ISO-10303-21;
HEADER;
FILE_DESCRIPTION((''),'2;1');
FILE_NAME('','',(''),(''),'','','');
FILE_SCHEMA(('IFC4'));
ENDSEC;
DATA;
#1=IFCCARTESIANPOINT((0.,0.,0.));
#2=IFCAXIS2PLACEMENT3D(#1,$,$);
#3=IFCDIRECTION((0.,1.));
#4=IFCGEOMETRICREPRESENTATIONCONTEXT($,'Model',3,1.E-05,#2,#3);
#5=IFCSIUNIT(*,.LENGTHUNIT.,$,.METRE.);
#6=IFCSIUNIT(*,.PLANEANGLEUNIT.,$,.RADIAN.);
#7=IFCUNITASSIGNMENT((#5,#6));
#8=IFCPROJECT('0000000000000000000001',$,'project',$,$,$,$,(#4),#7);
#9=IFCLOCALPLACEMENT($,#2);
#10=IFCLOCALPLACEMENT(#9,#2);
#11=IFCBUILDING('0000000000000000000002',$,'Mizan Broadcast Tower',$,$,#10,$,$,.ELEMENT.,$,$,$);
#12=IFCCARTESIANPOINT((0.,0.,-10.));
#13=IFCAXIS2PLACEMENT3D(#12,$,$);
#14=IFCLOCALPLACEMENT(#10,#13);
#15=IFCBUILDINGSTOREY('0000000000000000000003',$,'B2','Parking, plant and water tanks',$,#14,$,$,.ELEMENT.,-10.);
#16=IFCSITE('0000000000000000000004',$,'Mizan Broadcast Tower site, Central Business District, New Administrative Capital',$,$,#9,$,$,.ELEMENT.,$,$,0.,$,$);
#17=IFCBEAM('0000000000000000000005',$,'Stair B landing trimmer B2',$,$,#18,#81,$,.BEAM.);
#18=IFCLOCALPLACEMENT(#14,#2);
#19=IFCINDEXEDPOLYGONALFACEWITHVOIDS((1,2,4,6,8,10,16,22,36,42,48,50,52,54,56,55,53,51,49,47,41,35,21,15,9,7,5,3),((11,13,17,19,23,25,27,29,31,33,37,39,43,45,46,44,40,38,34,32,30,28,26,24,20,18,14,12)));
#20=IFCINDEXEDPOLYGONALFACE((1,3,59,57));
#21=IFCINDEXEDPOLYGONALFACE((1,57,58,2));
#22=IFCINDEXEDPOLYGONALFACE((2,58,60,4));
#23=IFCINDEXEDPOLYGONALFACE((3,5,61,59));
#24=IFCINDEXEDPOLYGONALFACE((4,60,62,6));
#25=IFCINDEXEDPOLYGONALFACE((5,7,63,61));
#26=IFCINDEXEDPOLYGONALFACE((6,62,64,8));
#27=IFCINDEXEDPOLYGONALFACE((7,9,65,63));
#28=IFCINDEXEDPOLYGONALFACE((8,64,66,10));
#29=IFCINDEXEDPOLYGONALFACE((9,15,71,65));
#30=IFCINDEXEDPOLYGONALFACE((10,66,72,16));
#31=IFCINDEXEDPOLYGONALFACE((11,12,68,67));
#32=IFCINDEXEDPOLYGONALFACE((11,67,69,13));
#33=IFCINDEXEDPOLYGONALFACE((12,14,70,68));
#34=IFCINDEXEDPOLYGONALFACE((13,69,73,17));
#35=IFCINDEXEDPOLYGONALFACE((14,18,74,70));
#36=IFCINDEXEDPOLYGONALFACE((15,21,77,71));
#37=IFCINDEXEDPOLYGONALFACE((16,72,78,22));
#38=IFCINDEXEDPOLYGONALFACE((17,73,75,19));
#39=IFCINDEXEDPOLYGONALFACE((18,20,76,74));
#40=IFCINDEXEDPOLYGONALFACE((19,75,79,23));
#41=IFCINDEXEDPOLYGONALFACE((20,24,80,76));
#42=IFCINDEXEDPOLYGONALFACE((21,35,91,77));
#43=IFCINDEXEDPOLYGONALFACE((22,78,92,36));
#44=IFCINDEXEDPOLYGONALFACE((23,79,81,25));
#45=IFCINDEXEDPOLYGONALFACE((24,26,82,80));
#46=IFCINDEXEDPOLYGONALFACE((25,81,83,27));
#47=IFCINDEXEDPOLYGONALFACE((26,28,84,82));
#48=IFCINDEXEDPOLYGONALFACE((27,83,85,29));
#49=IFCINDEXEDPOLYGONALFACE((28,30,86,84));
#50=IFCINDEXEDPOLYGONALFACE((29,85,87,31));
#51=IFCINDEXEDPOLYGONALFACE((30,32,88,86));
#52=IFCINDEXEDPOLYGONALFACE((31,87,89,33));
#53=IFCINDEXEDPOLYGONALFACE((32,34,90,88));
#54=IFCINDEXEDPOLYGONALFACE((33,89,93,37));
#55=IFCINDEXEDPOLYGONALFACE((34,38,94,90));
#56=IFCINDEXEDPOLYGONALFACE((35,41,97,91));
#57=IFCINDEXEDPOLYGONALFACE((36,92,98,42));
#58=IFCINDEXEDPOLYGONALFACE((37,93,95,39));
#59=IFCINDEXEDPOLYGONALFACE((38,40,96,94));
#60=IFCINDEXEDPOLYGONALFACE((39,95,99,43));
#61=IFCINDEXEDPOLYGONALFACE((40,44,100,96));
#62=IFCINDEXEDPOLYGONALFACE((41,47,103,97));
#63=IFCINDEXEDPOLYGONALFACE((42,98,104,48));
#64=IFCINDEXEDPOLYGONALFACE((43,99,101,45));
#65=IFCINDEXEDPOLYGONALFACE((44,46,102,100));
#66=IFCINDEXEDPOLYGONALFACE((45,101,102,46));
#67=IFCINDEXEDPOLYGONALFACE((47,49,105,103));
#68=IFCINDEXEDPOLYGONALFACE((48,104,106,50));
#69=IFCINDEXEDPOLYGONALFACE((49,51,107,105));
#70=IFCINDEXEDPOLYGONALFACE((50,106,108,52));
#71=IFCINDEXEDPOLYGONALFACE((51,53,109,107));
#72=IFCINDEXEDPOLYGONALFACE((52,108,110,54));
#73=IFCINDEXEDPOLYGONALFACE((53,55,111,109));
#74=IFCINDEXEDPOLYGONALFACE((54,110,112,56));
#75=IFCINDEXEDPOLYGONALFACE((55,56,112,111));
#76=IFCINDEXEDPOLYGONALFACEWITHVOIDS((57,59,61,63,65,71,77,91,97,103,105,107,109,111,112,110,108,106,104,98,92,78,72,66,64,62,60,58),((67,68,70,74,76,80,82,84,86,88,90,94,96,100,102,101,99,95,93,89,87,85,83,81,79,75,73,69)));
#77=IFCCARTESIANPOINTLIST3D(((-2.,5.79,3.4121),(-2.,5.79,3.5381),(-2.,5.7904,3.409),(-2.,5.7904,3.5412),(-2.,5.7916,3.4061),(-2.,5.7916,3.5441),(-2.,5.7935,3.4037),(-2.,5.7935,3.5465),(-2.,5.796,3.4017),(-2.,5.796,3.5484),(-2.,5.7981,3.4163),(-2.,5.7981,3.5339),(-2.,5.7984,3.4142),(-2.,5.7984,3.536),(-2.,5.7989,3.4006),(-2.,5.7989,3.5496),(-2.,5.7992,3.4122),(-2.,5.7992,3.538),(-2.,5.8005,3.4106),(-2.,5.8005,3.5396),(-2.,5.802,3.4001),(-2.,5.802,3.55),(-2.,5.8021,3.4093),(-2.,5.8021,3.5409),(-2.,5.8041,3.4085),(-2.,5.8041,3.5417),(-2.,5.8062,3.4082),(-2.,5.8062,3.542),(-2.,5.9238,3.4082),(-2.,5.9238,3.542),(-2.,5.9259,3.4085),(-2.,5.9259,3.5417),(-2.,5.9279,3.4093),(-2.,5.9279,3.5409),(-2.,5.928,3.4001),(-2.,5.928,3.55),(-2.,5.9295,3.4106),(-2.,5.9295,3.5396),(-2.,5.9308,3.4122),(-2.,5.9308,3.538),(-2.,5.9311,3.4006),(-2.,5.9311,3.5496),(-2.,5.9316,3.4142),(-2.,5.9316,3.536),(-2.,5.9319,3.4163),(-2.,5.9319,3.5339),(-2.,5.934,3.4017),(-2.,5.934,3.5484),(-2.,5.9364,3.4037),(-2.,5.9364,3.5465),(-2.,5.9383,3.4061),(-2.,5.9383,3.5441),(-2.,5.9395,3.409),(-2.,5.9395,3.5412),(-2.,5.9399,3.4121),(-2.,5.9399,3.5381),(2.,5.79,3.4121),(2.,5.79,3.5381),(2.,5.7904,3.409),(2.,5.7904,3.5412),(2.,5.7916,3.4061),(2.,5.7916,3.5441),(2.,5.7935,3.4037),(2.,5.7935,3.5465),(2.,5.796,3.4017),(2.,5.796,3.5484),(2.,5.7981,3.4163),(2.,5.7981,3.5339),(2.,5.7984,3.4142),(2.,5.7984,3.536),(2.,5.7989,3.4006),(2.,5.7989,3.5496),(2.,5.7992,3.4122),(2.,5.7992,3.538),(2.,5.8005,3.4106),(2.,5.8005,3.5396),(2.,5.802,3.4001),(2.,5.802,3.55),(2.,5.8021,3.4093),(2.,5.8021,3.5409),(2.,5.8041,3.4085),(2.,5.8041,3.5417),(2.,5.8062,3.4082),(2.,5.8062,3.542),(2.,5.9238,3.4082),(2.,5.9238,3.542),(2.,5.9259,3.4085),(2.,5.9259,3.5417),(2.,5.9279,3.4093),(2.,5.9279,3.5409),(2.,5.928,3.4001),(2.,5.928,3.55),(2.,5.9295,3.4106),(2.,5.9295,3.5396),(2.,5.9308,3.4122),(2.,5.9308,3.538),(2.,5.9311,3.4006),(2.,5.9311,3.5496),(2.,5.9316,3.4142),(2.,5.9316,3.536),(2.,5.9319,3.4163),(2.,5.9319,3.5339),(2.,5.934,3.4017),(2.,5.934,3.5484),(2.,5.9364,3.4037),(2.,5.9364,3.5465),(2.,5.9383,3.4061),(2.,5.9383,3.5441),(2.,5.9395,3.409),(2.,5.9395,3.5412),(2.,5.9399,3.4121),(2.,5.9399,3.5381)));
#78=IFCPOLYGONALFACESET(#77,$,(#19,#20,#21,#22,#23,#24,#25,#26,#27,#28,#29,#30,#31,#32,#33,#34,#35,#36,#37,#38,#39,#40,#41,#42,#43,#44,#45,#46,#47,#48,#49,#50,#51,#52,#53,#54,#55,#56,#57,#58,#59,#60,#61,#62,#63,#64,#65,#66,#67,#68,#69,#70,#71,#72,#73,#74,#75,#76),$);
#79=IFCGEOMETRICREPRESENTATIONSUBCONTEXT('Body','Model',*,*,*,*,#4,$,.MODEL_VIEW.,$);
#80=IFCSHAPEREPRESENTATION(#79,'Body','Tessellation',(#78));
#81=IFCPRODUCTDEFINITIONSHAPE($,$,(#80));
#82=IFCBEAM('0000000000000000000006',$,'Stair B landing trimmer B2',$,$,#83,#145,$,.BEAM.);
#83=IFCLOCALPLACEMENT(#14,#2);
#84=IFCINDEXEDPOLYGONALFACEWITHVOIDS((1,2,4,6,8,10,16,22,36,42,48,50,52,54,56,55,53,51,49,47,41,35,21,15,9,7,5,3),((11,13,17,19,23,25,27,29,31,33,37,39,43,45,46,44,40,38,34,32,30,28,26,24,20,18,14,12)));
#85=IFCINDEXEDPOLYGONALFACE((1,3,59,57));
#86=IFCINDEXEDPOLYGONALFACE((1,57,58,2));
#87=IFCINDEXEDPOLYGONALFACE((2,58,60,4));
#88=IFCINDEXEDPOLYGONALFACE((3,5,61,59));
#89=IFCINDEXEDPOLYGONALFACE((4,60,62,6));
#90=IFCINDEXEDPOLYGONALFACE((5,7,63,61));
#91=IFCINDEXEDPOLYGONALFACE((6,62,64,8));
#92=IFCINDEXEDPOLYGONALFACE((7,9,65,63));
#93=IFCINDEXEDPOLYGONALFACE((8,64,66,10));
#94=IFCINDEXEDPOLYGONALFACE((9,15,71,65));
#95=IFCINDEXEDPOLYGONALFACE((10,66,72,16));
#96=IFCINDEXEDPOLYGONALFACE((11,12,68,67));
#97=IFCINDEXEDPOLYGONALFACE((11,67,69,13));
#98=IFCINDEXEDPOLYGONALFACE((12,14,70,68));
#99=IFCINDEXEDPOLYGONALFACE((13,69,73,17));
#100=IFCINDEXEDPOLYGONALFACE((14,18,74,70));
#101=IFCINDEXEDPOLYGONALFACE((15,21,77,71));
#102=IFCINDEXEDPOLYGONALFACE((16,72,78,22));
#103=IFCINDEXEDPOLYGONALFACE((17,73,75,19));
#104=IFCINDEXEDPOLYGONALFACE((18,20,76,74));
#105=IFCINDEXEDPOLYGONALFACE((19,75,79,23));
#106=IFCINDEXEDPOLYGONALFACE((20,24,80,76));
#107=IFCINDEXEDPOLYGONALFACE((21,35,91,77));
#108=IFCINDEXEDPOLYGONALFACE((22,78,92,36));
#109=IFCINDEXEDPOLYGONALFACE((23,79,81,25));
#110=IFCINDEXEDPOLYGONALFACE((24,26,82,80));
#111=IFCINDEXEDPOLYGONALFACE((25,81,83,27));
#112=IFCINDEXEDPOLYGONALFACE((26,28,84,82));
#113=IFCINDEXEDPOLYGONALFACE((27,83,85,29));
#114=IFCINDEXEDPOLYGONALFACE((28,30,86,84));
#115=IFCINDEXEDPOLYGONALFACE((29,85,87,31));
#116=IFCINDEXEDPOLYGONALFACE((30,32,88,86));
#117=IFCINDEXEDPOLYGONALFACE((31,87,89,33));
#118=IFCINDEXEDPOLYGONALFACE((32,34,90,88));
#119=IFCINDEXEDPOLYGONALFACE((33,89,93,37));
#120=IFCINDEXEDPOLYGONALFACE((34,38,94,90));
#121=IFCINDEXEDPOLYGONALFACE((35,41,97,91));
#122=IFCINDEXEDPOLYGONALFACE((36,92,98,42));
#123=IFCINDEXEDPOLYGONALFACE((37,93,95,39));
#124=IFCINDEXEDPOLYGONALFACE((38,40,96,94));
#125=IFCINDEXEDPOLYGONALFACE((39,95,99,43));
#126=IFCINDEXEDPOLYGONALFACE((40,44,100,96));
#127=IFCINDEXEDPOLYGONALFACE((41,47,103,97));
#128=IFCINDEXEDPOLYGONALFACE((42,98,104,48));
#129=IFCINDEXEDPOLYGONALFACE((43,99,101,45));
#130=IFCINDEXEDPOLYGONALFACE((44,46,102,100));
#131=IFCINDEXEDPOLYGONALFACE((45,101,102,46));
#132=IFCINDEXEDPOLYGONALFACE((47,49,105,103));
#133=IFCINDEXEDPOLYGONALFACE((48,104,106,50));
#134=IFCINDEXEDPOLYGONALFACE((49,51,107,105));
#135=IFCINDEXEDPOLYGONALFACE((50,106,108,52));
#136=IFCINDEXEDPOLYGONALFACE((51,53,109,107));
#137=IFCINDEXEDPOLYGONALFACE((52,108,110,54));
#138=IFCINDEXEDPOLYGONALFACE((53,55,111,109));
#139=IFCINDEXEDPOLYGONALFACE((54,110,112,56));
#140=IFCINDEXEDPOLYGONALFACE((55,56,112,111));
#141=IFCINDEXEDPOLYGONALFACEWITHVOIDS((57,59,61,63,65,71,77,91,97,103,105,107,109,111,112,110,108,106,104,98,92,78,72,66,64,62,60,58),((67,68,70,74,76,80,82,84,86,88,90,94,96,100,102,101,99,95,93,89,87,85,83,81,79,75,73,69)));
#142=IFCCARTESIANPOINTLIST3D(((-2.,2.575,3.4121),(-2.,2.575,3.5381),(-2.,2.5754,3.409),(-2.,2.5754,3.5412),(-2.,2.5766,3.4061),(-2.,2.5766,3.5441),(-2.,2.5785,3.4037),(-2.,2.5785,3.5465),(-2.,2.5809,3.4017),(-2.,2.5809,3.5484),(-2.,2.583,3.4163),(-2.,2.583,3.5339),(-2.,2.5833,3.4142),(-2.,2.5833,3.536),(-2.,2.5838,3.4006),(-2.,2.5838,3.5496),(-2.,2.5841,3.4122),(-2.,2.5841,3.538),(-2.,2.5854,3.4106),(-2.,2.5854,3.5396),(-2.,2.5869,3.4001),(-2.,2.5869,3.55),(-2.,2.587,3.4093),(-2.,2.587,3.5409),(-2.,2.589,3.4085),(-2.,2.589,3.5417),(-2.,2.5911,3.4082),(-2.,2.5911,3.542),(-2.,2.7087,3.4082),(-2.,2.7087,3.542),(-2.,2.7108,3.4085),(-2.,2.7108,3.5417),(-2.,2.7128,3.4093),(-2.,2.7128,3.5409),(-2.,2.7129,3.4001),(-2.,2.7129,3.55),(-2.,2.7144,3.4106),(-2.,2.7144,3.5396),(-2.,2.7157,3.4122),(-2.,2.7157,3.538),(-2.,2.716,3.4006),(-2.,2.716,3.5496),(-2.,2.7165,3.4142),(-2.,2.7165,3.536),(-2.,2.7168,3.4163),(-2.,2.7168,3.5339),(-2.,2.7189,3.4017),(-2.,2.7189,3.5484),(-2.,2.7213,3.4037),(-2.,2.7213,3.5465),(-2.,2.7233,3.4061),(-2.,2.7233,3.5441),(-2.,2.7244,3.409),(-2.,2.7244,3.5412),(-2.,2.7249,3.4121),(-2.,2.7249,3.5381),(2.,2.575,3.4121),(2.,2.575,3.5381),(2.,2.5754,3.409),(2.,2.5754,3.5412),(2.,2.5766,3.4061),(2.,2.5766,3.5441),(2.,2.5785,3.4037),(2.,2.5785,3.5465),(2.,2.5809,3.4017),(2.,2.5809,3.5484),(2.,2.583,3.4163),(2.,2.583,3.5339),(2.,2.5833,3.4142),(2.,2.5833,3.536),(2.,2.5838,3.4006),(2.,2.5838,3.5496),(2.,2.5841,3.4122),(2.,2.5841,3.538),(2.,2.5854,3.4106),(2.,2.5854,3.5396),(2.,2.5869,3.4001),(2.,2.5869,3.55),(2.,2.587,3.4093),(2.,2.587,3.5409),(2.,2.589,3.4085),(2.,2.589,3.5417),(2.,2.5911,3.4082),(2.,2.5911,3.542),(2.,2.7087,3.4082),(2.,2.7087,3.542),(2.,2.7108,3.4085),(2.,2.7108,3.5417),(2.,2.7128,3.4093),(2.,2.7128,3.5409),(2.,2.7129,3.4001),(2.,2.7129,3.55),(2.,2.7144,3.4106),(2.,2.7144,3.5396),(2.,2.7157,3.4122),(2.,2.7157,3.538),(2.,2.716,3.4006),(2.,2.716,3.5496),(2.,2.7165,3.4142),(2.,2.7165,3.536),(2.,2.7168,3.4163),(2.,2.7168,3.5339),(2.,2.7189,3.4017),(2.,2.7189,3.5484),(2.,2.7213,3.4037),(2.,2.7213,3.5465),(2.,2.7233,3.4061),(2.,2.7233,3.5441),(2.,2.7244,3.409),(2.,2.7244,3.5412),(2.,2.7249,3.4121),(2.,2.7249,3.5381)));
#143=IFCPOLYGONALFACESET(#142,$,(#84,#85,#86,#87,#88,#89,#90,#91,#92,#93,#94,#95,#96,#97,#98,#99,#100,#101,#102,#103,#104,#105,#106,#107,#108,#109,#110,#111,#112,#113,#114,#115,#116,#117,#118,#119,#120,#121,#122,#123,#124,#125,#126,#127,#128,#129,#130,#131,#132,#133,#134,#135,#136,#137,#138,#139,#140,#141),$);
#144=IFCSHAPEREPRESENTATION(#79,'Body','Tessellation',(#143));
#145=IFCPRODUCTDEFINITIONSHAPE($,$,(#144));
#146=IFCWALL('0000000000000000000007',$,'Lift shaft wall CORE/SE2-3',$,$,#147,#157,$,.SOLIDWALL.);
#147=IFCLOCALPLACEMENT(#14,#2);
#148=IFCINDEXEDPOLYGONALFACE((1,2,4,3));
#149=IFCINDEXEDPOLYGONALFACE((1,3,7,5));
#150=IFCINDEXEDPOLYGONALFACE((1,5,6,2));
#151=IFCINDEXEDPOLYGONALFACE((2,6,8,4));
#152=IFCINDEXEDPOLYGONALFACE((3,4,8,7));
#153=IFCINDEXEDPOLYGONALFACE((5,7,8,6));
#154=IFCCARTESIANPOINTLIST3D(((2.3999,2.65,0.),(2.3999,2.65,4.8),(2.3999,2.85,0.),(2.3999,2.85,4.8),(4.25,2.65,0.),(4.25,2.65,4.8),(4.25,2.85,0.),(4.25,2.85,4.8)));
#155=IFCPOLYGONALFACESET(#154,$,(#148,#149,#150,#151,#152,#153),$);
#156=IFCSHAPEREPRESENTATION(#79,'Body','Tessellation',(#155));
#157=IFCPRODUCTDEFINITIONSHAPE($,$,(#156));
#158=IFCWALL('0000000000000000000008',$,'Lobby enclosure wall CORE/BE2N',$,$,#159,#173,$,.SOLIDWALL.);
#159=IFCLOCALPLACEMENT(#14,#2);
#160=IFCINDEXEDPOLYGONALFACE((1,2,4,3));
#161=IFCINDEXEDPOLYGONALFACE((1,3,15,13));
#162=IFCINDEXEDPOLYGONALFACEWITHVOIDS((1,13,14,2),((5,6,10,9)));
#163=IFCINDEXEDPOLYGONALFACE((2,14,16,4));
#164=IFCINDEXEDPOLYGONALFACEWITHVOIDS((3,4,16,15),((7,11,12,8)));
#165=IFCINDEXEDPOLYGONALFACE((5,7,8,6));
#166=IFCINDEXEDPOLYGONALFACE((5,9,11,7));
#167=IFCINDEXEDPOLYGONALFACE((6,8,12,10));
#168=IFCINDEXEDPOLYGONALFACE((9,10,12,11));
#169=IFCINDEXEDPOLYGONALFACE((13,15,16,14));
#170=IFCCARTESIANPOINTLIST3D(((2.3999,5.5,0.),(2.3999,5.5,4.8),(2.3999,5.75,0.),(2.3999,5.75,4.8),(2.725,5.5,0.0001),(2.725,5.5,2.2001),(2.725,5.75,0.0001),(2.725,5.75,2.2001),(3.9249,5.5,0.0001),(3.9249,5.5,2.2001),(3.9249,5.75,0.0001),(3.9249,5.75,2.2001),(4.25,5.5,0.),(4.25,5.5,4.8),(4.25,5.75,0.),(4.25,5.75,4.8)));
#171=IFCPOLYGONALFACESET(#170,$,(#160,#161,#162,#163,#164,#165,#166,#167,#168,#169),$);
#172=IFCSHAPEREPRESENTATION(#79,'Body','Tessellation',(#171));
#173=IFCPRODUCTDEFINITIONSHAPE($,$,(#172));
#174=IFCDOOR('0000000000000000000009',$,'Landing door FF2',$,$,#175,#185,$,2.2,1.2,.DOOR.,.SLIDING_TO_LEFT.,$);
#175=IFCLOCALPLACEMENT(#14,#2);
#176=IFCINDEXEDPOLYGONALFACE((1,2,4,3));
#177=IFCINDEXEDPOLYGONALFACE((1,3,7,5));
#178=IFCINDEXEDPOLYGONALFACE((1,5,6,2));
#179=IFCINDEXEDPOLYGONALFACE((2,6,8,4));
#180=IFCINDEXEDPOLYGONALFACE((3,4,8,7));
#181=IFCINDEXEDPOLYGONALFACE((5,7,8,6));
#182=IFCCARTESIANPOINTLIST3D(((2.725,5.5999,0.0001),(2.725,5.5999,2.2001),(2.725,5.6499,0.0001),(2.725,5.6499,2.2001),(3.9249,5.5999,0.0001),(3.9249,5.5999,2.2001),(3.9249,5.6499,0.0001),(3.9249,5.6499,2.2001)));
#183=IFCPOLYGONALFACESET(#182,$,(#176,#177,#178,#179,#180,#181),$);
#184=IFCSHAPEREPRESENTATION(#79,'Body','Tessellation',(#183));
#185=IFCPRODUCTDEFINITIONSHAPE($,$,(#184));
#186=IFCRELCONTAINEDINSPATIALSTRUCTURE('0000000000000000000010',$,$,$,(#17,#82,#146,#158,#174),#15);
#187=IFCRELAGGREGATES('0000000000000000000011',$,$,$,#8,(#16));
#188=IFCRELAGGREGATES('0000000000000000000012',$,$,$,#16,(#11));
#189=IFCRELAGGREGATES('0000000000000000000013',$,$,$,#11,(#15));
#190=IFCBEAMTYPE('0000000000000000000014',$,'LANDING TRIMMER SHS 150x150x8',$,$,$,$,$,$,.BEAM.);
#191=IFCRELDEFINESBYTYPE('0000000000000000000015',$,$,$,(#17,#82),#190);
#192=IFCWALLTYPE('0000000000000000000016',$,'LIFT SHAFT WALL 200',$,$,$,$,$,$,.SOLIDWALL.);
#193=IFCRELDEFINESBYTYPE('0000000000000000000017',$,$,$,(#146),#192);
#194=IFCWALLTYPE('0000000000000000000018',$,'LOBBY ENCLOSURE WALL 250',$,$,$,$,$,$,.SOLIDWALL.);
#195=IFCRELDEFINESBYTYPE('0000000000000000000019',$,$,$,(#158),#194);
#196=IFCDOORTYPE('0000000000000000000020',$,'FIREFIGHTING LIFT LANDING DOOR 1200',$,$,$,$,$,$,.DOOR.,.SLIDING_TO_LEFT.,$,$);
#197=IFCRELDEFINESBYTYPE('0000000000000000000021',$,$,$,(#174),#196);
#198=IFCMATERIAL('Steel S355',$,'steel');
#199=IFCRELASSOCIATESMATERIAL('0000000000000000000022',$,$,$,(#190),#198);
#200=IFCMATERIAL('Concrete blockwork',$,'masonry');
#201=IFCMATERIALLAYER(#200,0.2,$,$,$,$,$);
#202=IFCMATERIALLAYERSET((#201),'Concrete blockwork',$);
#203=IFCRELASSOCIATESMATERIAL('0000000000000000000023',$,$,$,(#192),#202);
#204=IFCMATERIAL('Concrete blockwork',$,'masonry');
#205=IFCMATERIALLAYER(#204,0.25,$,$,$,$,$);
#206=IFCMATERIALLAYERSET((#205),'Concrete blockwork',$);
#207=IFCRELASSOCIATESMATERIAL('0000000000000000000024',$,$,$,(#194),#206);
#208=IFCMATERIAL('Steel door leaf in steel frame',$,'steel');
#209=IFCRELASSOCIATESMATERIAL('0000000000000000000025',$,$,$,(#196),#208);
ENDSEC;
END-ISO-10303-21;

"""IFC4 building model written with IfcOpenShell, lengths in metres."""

from ifc_helpers import new_model, si_unit, direction, frame, frame_2d, origin, origin_2d, place, context, subcontext, project, spatial, rectangle, hollow_rectangle, extrude, material, layer, layer_set, material_profile, profile_set, type_object, element, fill, save


model = new_model("IFC4")

# Units and contexts
model_context = context("Model", 3, precision=1e-05, world=origin(), true_north=direction((0.0, 1.0)))
body_context = subcontext(model_context, "Body", "Model", "MODEL_VIEW")
ifc_project = project(units=[si_unit("LENGTHUNIT", "METRE"), si_unit("PLANEANGLEUNIT", "RADIAN")], contexts=[model_context])

# Site, building, storey
site_placement = place(None, origin())
site = spatial("IfcSite", under=ifc_project, at=site_placement, Name="Mizan Broadcast Tower site, Central Business District, New Administrative Capital", CompositionType="ELEMENT", RefElevation=0.0)
building_placement = place(site_placement, origin())
building = spatial("IfcBuilding", under=site, at=building_placement, Name="Mizan Broadcast Tower", CompositionType="ELEMENT")
storey_placement = place(building_placement, frame((0.0, 0.0, -10.0)))
storey = spatial("IfcBuildingStorey", under=building, at=storey_placement, Name="B2", Description="Parking, plant and water tanks", CompositionType="ELEMENT", Elevation=-10.0)

# Beams
ifc_material_1 = material(Name="Steel S355", Category="steel")
ifc_material_profile_1 = material_profile(ifc_material_1, hollow_rectangle(XDim=0.1499, YDim=0.1499, WallThickness=0.0081, InnerFilletRadius=0.0081, OuterFilletRadius=0.012, at=origin_2d()), Name="SHS 150x150x8")
ifc_profile_set_1 = profile_set([ifc_material_profile_1], Name="Steel S355")
beam_type = type_object("IfcBeamType", Name="LANDING TRIMMER SHS 150x150x8", PredefinedType="BEAM", material=ifc_profile_set_1)
for number, where, z_axis, x_axis, name in (
    (1, (2.0, 5.865, 3.4751), (-1.0, 0.0, 0.0), (0.0, -1.0, 0.0), "Stair B landing trimmer B2"),
    (2, (2.0, 2.6499, 3.4751), (-1.0, 0.0, 0.0), (0.0, -1.0, 0.0), "Stair B landing trimmer B2"),
):
    element("IfcBeam", number, at=place(storey_placement, frame(where, z_axis=z_axis, x_axis=x_axis)), inside=storey, type_object=beam_type, Name=name, PredefinedType="BEAM", context=body_context, shape_type="SweptSolid", body=[
        extrude(hollow_rectangle(XDim=0.1499, YDim=0.1499, WallThickness=0.0081, InnerFilletRadius=0.0081, OuterFilletRadius=0.012, at=origin_2d()), origin(), (0.0, 0.0, 1.0), 4.0),
    ])

# Wall
ifc_material_2 = material(Name="Concrete blockwork", Category="masonry")
ifc_layer_1 = layer(ifc_material_2, 0.2)
ifc_layer_set_1 = layer_set([ifc_layer_1], Name="Concrete blockwork")
wall_type_1 = type_object("IfcWallType", Name="LIFT SHAFT WALL 200", PredefinedType="SOLIDWALL", material=ifc_layer_set_1)
wall_1_placement = place(storey_placement, frame((2.3999, 2.75, 0.0), z_axis=(0.0, 0.0, 1.0), x_axis=(1.0, 0.0, 0.0)))
element("IfcWall", 3, at=wall_1_placement, inside=storey, type_object=wall_type_1, Name="Lift shaft wall CORE/SE2-3", PredefinedType="SOLIDWALL", context=body_context, shape_type="SweptSolid", body=[
    extrude(rectangle(XDim=1.8501, YDim=0.2, at=frame_2d((0.925, 0.0))), origin(), (0.0, 0.0, 1.0), 4.8),
])

# Wall, opening, door
ifc_material_3 = material(Name="Concrete blockwork", Category="masonry")
ifc_layer_2 = layer(ifc_material_3, 0.25)
ifc_layer_set_2 = layer_set([ifc_layer_2], Name="Concrete blockwork")
wall_type_2 = type_object("IfcWallType", Name="LOBBY ENCLOSURE WALL 250", PredefinedType="SOLIDWALL", material=ifc_layer_set_2)
wall_2_placement = place(storey_placement, frame((2.3999, 5.625, 0.0), z_axis=(0.0, 0.0, 1.0), x_axis=(1.0, 0.0, 0.0)))
wall_2 = element("IfcWall", 4, at=wall_2_placement, inside=storey, type_object=wall_type_2, Name="Lobby enclosure wall CORE/BE2N", PredefinedType="SOLIDWALL", context=body_context, shape_type="SweptSolid", body=[
    extrude(rectangle(XDim=1.8501, YDim=0.25, at=frame_2d((0.925, 0.0))), origin(), (0.0, 0.0, 1.0), 4.8),
])
opening_placement = place(wall_2_placement, frame((0.325, 0.0, 0.0)))
opening = element("IfcOpeningElement", 5, at=opening_placement, cuts=wall_2, PredefinedType="OPENING", context=body_context, shape_type="SweptSolid", body=[
    extrude(rectangle(XDim=1.2, YDim=2.2, at=frame_2d((0.6001, 1.1001))), frame((0.0, 0.135, 0.0), z_axis=(0.0, -1.0, 0.0), x_axis=(1.0, 0.0, 0.0)), (0.0, 0.0, 1.0), 0.27),
])
ifc_material_4 = material(Name="Steel door leaf in steel frame", Category="steel")
door_type = type_object("IfcDoorType", Name="FIREFIGHTING LIFT LANDING DOOR 1200", OperationType="SLIDING_TO_LEFT", PredefinedType="DOOR", material=ifc_material_4)
door_placement = place(opening_placement, origin())
door = element("IfcDoor", 6, at=door_placement, inside=storey, type_object=door_type, Name="Landing door FF2", OperationType="SLIDING_TO_LEFT", OverallHeight=2.2, OverallWidth=1.2, PredefinedType="DOOR", context=body_context, shape_type="SweptSolid", body=[
    extrude(rectangle(XDim=1.2, YDim=2.2, at=frame_2d((0.6001, 1.1001))), frame((0.0, 0.0249, 0.0), z_axis=(0.0, -1.0, 0.0), x_axis=(1.0, 0.0, 0.0)), (0.0, 0.0, 1.0), 0.05),
])
fill(opening, door)

save(model, "model.ifc")
